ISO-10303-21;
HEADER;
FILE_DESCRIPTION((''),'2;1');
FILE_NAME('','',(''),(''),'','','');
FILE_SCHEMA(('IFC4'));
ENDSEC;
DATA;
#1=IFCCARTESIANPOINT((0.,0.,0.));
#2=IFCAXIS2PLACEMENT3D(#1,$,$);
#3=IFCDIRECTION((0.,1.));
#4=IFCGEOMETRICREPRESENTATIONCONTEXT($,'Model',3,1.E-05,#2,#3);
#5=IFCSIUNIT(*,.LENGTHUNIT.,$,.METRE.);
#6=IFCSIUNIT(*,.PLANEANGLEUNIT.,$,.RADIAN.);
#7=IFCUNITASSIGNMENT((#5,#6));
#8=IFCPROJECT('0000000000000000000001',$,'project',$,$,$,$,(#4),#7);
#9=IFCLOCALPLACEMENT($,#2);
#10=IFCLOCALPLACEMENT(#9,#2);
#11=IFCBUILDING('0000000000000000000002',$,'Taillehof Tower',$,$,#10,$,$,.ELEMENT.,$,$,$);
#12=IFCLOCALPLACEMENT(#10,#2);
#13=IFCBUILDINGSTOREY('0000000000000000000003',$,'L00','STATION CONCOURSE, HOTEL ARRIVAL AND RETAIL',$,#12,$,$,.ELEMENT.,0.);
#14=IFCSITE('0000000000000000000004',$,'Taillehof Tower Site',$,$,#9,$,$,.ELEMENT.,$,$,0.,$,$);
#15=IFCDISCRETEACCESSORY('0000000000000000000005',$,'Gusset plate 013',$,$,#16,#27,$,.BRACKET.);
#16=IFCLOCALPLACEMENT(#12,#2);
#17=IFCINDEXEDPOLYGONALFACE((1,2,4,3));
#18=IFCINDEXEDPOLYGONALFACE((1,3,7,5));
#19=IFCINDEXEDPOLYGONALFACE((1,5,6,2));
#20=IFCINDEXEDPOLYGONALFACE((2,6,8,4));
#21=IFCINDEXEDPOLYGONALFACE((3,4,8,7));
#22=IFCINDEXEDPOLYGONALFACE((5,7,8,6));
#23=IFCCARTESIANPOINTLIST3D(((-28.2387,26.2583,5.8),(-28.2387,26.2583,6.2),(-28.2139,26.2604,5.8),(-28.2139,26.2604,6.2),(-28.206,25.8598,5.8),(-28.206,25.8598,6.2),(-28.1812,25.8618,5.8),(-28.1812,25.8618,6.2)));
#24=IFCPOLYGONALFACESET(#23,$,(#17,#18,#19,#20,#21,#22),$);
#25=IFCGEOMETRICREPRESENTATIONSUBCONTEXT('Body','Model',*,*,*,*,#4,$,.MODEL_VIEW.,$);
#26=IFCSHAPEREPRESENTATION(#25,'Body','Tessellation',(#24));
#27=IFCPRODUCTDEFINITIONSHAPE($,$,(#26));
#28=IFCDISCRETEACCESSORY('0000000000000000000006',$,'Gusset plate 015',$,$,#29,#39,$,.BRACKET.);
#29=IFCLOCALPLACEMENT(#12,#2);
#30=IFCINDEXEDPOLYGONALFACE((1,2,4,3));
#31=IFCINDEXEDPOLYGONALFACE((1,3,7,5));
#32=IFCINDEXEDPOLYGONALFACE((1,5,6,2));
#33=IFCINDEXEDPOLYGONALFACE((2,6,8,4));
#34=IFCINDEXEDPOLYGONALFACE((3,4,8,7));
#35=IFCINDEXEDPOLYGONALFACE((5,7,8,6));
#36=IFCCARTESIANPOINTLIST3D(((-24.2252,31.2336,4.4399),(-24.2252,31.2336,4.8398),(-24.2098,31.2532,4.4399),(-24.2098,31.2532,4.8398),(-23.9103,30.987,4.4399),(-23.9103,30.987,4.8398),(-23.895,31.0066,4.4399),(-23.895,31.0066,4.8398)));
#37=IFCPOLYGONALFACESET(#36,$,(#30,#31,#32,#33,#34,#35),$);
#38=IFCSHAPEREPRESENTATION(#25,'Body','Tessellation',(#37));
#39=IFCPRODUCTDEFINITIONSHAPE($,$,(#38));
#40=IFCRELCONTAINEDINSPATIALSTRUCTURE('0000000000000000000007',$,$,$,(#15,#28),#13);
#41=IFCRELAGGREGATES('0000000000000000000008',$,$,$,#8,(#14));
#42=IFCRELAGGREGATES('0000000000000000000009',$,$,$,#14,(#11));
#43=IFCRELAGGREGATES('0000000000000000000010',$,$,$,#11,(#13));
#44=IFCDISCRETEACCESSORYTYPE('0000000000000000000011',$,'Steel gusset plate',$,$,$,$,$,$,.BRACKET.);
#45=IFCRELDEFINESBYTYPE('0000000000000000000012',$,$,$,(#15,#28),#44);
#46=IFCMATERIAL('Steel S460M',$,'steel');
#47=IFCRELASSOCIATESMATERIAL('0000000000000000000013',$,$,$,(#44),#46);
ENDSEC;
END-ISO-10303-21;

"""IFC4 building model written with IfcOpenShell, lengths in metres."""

from ifc_helpers import new_model, si_unit, direction, frame, origin, origin_2d, place, context, subcontext, project, spatial, rectangle, extrude, material, type_object, element, save


model = new_model("IFC4")

# Units and contexts
model_context = context("Model", 3, precision=1e-05, world=origin(), true_north=direction((0.0, 1.0)))
body_context = subcontext(model_context, "Body", "Model", "MODEL_VIEW")
ifc_project = project(units=[si_unit("LENGTHUNIT", "METRE"), si_unit("PLANEANGLEUNIT", "RADIAN")], contexts=[model_context])

# Site, building, storey
site_placement = place(None, origin())
site = spatial("IfcSite", under=ifc_project, at=site_placement, Name="Taillehof Tower Site", CompositionType="ELEMENT", RefElevation=0.0)
building_placement = place(site_placement, origin())
building = spatial("IfcBuilding", under=site, at=building_placement, Name="Taillehof Tower", CompositionType="ELEMENT")
storey_placement = place(building_placement, origin())
storey = spatial("IfcBuildingStorey", under=building, at=storey_placement, Name="L00", Description="STATION CONCOURSE, HOTEL ARRIVAL AND RETAIL", CompositionType="ELEMENT", Elevation=0.0)

# Discrete accessories
ifc_material_1 = material(Name="Steel S460M", Category="steel")
discrete_accessory_type_1 = type_object("IfcDiscreteAccessoryType", Name="Steel gusset plate", PredefinedType="BRACKET", material=ifc_material_1)
for number, where, z_axis, x_axis, name in (
    (1, (-28.21, 26.0601, 5.8), (0.0, 0.0, 1.0), (0.081679, -0.996659, 0.0), "Gusset plate 013"),
    (2, (-24.0601, 31.1201, 4.4399), (0.0, 0.0, 1.0), (0.787273, -0.616605, 0.0), "Gusset plate 015"),
):
    element("IfcDiscreteAccessory", number, at=place(storey_placement, frame(where, z_axis=z_axis, x_axis=x_axis)), inside=storey, type_object=discrete_accessory_type_1, Name=name, PredefinedType="BRACKET", context=body_context, shape_type="SweptSolid", body=[
        extrude(rectangle(XDim=0.3999, YDim=0.0249, at=origin_2d()), origin(), (0.0, 0.0, 1.0), 0.3999),
    ])

save(model, "model.ifc")
